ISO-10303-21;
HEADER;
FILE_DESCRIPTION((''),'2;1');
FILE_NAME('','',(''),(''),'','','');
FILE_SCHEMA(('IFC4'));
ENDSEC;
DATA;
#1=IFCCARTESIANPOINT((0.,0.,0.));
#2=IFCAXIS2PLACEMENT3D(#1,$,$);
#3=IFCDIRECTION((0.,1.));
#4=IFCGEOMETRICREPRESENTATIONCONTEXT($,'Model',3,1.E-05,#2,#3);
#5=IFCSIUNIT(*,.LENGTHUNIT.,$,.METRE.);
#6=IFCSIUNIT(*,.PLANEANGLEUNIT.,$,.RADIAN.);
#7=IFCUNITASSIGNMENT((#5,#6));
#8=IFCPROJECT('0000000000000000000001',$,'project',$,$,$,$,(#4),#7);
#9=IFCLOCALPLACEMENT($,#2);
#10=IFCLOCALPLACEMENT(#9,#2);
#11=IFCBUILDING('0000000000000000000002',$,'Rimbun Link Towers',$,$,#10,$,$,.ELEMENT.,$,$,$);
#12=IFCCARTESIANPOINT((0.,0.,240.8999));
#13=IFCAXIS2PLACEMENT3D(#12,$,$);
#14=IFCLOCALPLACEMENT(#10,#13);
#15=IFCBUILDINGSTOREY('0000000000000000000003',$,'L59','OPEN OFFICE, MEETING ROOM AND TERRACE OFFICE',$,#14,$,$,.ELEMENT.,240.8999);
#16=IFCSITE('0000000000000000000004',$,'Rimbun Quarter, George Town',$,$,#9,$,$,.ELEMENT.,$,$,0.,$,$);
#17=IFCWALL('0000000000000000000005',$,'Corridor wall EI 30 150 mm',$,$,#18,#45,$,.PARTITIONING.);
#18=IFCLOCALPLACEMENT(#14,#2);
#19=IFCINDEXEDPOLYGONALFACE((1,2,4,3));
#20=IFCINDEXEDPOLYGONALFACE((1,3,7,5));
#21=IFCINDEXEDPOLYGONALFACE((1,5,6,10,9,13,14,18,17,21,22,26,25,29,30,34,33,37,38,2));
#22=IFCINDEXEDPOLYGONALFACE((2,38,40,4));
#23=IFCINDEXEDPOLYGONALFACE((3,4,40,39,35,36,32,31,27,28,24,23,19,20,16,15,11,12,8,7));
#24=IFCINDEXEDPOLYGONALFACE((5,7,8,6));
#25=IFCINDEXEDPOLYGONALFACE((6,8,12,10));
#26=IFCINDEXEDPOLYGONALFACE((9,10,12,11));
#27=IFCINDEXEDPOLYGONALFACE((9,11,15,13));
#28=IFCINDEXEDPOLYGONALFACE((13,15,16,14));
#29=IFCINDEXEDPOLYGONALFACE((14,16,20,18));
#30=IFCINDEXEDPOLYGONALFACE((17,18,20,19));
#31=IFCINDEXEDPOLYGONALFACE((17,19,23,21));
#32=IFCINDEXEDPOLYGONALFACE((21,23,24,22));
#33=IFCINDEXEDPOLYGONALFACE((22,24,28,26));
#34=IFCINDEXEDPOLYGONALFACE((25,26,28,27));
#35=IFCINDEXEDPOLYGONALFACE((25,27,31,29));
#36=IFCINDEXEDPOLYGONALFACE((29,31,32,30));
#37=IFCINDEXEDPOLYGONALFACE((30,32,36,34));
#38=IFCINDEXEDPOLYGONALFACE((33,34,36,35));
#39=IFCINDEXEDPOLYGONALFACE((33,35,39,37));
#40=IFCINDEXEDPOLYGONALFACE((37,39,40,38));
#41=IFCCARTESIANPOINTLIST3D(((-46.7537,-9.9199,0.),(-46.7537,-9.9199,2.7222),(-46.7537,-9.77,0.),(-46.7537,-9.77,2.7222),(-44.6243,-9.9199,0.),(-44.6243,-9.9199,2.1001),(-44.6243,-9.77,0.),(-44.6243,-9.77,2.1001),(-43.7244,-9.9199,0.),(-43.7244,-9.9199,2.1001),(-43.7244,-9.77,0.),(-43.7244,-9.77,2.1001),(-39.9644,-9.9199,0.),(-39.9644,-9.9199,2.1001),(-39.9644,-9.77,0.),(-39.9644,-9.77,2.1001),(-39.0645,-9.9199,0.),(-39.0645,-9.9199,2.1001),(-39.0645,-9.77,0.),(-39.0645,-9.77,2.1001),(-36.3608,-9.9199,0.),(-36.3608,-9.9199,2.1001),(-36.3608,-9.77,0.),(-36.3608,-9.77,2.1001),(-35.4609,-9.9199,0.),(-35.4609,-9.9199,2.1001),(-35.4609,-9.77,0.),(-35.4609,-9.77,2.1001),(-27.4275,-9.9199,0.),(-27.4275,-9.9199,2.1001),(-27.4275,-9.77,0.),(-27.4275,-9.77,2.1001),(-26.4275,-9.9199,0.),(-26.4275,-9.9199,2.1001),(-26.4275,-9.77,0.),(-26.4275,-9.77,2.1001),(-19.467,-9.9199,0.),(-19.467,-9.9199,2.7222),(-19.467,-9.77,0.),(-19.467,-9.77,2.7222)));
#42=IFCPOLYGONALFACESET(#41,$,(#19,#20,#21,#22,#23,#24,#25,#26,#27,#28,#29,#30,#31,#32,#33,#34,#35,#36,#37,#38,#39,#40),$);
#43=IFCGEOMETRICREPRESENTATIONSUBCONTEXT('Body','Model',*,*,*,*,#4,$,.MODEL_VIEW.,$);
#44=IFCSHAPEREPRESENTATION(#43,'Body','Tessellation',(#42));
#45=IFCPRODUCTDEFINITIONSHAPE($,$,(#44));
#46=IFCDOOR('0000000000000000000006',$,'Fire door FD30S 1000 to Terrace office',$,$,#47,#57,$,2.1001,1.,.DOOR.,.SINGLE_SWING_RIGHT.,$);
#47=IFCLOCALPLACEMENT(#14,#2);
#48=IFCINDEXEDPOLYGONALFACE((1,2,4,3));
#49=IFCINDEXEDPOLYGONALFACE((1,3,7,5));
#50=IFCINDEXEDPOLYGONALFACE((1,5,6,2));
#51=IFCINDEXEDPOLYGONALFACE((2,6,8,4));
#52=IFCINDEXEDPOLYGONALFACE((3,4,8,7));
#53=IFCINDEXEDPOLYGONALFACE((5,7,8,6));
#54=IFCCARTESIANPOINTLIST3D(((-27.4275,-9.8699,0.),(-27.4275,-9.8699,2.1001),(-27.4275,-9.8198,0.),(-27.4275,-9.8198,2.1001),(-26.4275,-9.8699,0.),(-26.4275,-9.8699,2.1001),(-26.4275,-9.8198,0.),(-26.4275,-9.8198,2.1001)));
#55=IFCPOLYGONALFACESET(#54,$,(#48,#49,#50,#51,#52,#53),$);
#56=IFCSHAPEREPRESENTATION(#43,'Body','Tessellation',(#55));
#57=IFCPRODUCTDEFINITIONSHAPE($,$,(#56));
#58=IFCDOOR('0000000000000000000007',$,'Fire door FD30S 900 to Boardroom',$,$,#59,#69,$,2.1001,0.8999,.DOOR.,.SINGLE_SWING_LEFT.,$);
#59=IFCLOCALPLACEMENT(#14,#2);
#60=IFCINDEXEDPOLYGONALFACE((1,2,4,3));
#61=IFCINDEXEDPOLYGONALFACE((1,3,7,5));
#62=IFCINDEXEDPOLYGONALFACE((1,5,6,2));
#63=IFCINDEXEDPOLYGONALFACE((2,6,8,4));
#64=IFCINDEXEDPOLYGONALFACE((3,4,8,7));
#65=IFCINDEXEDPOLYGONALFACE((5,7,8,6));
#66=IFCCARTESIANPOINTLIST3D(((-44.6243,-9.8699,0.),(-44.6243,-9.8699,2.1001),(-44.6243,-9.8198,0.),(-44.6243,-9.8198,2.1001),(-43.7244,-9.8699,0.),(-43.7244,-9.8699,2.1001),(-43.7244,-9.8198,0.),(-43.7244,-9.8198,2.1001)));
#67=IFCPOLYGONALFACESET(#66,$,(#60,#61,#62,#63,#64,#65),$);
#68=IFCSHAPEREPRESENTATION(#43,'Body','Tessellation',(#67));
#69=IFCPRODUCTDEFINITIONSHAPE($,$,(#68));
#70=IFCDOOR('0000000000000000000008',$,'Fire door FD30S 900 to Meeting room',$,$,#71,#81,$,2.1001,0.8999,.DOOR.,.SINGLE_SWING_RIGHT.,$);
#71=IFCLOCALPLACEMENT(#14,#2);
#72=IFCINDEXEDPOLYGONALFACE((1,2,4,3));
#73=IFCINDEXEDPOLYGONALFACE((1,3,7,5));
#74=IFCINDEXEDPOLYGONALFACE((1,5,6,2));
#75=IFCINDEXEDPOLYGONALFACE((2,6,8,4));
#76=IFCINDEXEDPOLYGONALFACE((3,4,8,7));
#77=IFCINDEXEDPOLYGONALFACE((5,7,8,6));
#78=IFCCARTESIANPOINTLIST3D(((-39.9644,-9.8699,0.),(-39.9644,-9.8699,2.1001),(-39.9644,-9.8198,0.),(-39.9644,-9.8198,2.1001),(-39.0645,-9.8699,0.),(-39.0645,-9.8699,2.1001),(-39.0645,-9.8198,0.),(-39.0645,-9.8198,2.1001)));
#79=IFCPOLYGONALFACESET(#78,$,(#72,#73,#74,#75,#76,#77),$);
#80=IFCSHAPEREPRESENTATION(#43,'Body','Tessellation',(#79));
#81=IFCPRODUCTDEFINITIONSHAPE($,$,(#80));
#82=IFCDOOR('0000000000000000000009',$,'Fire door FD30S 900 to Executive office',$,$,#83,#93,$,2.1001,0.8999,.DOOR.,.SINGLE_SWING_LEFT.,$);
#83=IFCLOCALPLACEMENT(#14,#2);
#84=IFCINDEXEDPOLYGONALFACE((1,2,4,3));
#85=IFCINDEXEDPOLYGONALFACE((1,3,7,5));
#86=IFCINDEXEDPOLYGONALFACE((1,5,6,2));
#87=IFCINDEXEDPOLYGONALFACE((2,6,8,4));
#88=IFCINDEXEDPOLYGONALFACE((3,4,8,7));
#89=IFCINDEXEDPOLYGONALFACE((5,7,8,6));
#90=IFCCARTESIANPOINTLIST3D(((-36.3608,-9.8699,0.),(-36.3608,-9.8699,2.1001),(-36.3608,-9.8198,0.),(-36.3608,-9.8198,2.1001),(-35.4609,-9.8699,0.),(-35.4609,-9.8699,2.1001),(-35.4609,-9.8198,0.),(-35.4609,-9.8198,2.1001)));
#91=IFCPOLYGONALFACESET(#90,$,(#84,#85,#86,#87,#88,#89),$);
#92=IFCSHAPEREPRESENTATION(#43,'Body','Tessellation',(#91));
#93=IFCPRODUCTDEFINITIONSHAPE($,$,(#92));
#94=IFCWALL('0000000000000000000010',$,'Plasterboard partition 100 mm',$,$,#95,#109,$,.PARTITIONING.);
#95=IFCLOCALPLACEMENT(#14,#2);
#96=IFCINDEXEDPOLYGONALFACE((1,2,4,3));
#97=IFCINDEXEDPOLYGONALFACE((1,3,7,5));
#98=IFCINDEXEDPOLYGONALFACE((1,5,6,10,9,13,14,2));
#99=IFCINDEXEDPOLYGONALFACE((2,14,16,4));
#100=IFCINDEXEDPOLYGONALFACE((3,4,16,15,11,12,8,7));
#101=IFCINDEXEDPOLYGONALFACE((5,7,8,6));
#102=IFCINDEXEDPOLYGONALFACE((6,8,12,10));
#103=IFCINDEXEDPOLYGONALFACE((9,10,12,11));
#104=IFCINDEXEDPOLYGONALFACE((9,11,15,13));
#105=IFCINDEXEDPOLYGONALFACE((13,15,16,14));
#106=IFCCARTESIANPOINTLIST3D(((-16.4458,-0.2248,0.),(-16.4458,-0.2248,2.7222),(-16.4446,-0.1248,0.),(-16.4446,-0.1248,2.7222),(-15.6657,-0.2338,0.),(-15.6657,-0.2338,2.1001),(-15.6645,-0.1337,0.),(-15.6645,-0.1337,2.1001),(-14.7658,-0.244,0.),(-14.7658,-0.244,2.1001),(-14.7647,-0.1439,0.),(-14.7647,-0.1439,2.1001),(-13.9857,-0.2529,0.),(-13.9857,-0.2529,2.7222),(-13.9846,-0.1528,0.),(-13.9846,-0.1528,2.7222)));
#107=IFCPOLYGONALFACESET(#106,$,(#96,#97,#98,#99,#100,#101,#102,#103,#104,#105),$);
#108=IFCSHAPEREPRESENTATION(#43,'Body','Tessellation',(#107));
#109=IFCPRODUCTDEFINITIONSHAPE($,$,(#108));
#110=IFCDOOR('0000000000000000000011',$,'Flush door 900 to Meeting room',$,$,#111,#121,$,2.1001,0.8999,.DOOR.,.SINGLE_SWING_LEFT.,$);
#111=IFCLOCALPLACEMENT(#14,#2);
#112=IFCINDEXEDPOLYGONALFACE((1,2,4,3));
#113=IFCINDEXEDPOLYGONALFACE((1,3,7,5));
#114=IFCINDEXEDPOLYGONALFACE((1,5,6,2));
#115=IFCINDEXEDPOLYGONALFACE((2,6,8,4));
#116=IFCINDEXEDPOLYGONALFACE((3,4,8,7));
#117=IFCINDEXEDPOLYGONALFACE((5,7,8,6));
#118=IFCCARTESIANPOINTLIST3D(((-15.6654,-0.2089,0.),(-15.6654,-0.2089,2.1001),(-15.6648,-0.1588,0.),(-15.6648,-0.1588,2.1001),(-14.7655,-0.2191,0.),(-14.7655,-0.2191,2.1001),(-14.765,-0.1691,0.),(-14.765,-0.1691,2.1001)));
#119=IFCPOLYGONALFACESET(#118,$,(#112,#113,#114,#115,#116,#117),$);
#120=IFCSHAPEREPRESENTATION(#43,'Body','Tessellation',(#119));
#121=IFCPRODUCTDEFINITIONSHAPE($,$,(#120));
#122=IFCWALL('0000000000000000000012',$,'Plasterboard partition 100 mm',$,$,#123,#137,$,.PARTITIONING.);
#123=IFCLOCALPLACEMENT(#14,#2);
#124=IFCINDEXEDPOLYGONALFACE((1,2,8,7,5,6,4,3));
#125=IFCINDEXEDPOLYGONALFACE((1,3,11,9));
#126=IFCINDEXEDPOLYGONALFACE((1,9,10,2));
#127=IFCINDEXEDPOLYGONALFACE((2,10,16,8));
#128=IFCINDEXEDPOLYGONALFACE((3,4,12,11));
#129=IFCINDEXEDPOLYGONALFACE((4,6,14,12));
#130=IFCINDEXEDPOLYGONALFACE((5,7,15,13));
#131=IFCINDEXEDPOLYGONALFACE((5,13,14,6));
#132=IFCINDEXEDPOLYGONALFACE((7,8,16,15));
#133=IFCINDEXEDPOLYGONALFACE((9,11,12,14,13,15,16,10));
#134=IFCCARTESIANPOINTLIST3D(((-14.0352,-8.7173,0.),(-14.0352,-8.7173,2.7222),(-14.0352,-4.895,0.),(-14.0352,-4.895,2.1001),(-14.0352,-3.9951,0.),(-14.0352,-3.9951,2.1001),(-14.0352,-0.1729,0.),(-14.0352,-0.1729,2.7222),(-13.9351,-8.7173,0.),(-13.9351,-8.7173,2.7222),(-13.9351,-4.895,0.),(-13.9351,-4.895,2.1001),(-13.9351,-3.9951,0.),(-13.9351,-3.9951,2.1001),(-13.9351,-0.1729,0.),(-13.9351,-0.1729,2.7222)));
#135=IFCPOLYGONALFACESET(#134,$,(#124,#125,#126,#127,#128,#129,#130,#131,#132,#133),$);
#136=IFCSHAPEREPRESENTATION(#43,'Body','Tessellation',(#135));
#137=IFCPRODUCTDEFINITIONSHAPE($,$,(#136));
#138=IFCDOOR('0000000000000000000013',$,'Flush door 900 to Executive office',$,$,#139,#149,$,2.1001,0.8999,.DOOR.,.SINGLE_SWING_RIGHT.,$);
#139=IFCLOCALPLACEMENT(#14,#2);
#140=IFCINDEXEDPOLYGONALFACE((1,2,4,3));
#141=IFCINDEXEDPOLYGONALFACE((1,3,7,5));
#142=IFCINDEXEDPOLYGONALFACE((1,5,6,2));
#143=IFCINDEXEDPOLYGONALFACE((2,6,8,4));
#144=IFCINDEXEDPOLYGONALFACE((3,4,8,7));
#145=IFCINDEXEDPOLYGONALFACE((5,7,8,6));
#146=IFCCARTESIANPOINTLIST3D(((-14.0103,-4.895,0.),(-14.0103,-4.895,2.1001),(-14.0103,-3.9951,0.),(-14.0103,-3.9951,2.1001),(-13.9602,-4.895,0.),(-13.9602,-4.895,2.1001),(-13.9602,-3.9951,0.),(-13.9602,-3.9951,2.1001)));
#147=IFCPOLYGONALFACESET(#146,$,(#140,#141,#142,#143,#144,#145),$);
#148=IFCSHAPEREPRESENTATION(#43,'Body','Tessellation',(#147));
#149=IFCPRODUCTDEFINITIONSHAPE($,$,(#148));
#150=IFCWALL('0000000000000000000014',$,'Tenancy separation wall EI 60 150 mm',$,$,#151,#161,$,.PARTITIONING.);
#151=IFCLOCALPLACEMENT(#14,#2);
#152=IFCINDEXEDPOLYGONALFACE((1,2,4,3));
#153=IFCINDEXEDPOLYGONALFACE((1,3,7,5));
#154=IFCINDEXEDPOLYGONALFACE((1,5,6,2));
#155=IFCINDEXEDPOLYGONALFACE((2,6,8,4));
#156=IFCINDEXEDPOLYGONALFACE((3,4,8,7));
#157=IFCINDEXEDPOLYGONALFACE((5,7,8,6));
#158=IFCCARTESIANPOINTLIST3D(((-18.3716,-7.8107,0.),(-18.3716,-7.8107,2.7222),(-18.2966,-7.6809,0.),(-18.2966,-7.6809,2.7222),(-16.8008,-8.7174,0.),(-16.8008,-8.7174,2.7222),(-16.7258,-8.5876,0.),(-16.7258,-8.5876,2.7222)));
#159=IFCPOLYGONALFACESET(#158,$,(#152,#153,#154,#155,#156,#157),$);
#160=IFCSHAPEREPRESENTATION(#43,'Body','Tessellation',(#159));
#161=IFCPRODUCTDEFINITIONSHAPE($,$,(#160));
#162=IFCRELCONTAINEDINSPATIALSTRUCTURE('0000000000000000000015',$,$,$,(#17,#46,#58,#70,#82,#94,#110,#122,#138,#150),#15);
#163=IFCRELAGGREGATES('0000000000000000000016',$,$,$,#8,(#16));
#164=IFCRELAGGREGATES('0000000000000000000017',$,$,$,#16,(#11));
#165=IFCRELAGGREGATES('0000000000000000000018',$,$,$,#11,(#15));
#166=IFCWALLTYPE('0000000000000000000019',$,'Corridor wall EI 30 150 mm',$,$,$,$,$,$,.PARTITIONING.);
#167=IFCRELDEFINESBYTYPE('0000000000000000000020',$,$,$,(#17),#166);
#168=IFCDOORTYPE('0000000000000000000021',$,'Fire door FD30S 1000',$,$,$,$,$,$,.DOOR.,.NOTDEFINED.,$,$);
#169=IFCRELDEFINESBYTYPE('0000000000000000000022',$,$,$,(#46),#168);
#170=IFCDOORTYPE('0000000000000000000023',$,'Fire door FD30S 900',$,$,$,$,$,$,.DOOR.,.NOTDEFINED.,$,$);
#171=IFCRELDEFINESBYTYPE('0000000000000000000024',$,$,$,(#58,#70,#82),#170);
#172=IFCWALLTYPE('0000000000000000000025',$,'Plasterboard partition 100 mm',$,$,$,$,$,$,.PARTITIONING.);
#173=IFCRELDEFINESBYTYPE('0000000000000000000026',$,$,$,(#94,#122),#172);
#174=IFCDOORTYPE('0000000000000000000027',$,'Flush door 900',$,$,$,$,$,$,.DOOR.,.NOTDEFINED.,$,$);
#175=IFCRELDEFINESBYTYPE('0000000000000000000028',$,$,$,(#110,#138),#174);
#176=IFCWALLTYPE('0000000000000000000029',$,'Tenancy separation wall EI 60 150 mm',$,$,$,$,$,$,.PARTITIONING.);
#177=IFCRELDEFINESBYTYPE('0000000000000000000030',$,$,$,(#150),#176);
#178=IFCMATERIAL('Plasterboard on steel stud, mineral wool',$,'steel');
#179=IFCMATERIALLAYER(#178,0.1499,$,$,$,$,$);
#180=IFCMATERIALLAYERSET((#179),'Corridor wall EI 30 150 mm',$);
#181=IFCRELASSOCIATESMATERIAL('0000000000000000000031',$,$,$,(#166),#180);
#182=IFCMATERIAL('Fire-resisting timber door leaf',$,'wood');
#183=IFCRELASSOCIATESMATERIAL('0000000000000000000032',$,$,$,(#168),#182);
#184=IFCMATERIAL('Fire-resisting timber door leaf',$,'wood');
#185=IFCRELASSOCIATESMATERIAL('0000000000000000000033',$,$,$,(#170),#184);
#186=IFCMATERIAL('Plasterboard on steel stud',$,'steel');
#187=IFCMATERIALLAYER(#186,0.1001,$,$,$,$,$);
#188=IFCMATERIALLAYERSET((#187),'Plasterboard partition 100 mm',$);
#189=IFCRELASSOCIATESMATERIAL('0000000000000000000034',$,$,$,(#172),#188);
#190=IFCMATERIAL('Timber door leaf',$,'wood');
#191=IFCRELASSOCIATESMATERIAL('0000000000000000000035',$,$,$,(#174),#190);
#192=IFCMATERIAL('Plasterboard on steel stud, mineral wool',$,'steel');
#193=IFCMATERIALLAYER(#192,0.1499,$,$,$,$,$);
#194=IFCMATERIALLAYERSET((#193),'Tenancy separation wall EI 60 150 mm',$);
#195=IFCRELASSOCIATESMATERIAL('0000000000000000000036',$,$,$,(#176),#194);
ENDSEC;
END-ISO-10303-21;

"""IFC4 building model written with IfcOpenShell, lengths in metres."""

from ifc_helpers import new_model, si_unit, direction, frame, frame_2d, origin, place, context, subcontext, project, spatial, rectangle, extrude, material, layer, layer_set, type_object, element, fill, save


model = new_model("IFC4")

# Units and contexts
model_context = context("Model", 3, precision=1e-05, world=origin(), true_north=direction((0.0, 1.0)))
body_context = subcontext(model_context, "Body", "Model", "MODEL_VIEW")
ifc_project = project(units=[si_unit("LENGTHUNIT", "METRE"), si_unit("PLANEANGLEUNIT", "RADIAN")], contexts=[model_context])

# Site, building, storey
site_placement = place(None, origin())
site = spatial("IfcSite", under=ifc_project, at=site_placement, Name="Rimbun Quarter, George Town", CompositionType="ELEMENT", RefElevation=0.0)
building_placement = place(site_placement, origin())
building = spatial("IfcBuilding", under=site, at=building_placement, Name="Rimbun Link Towers", CompositionType="ELEMENT")
storey_placement = place(building_placement, frame((0.0, 0.0, 240.8999)))
storey = spatial("IfcBuildingStorey", under=building, at=storey_placement, Name="L59", Description="OPEN OFFICE, MEETING ROOM AND TERRACE OFFICE", CompositionType="ELEMENT", Elevation=240.8999)

# Wall, openings, doors
ifc_material_1 = material(Name="Plasterboard on steel stud, mineral wool", Category="steel")
ifc_layer_1 = layer(ifc_material_1, 0.1499)
ifc_layer_set_1 = layer_set([ifc_layer_1], Name="Corridor wall EI 30 150 mm")
wall_type_1 = type_object("IfcWallType", Name="Corridor wall EI 30 150 mm", PredefinedType="PARTITIONING", material=ifc_layer_set_1)
wall_1_placement = place(storey_placement, frame((-19.467, -9.845, 0.0), z_axis=(0.0, 0.0, 1.0), x_axis=(-1.0, 0.0, 0.0)))
wall_1 = element("IfcWall", 1, at=wall_1_placement, inside=storey, type_object=wall_type_1, Name="Corridor wall EI 30 150 mm", PredefinedType="PARTITIONING", context=body_context, shape_type="SweptSolid", body=[
    extrude(rectangle(XDim=27.2866, YDim=0.1499, at=frame_2d((13.6433, 0.0))), origin(), (0.0, 0.0, 1.0), 2.7222),
])
opening_1_placement = place(wall_1_placement, frame((24.2573, 0.0, 0.0)))
opening_1 = element("IfcOpeningElement", 2, at=opening_1_placement, cuts=wall_1, PredefinedType="OPENING", context=body_context, shape_type="SweptSolid", body=[
    extrude(rectangle(XDim=0.8999, YDim=2.1001, at=frame_2d((0.45, 1.05))), frame((0.0, 0.085, 0.0), z_axis=(0.0, -1.0, 0.0), x_axis=(1.0, 0.0, 0.0)), (0.0, 0.0, 1.0), 0.1699),
])
opening_2_placement = place(wall_1_placement, frame((19.5974, 0.0, 0.0)))
opening_2 = element("IfcOpeningElement", 3, at=opening_2_placement, cuts=wall_1, PredefinedType="OPENING", context=body_context, shape_type="SweptSolid", body=[
    extrude(rectangle(XDim=0.8999, YDim=2.1001, at=frame_2d((0.45, 1.05))), frame((0.0, 0.085, 0.0), z_axis=(0.0, -1.0, 0.0), x_axis=(1.0, 0.0, 0.0)), (0.0, 0.0, 1.0), 0.1699),
])
opening_3_placement = place(wall_1_placement, frame((15.9939, 0.0, 0.0)))
opening_3 = element("IfcOpeningElement", 4, at=opening_3_placement, cuts=wall_1, PredefinedType="OPENING", context=body_context, shape_type="SweptSolid", body=[
    extrude(rectangle(XDim=0.8999, YDim=2.1001, at=frame_2d((0.45, 1.05))), frame((0.0, 0.085, 0.0), z_axis=(0.0, -1.0, 0.0), x_axis=(1.0, 0.0, 0.0)), (0.0, 0.0, 1.0), 0.1699),
])
opening_4_placement = place(wall_1_placement, frame((6.9604, 0.0, 0.0)))
opening_4 = element("IfcOpeningElement", 5, at=opening_4_placement, cuts=wall_1, PredefinedType="OPENING", context=body_context, shape_type="SweptSolid", body=[
    extrude(rectangle(XDim=1.0, YDim=2.1001, at=frame_2d((0.5, 1.05))), frame((0.0, 0.085, 0.0), z_axis=(0.0, -1.0, 0.0), x_axis=(1.0, 0.0, 0.0)), (0.0, 0.0, 1.0), 0.1699),
])
ifc_material_2 = material(Name="Fire-resisting timber door leaf", Category="wood")
door_type_1 = type_object("IfcDoorType", Name="Fire door FD30S 1000", OperationType="NOTDEFINED", PredefinedType="DOOR", material=ifc_material_2)
door_1_placement = place(opening_4_placement, origin())
door_1 = element("IfcDoor", 6, at=door_1_placement, inside=storey, type_object=door_type_1, Name="Fire door FD30S 1000 to Terrace office", OperationType="SINGLE_SWING_RIGHT", OverallHeight=2.1001, OverallWidth=1.0, PredefinedType="DOOR", context=body_context, shape_type="SweptSolid", body=[
    extrude(rectangle(XDim=1.0, YDim=2.1001, at=frame_2d((0.5, 1.05))), frame((0.0, 0.0249, 0.0), z_axis=(0.0, -1.0, 0.0), x_axis=(1.0, 0.0, 0.0)), (0.0, 0.0, 1.0), 0.05),
])
fill(opening_4, door_1)
ifc_material_3 = material(Name="Fire-resisting timber door leaf", Category="wood")
door_type_2 = type_object("IfcDoorType", Name="Fire door FD30S 900", OperationType="NOTDEFINED", PredefinedType="DOOR", material=ifc_material_3)
door_2_placement = place(opening_1_placement, origin())
door_2 = element("IfcDoor", 7, at=door_2_placement, inside=storey, type_object=door_type_2, Name="Fire door FD30S 900 to Boardroom", OperationType="SINGLE_SWING_LEFT", OverallHeight=2.1001, OverallWidth=0.8999, PredefinedType="DOOR", context=body_context, shape_type="SweptSolid", body=[
    extrude(rectangle(XDim=0.8999, YDim=2.1001, at=frame_2d((0.45, 1.05))), frame((0.0, 0.0249, 0.0), z_axis=(0.0, -1.0, 0.0), x_axis=(1.0, 0.0, 0.0)), (0.0, 0.0, 1.0), 0.05),
])
fill(opening_1, door_2)
door_3_placement = place(opening_2_placement, origin())
door_3 = element("IfcDoor", 8, at=door_3_placement, inside=storey, type_object=door_type_2, Name="Fire door FD30S 900 to Meeting room", OperationType="SINGLE_SWING_RIGHT", OverallHeight=2.1001, OverallWidth=0.8999, PredefinedType="DOOR", context=body_context, shape_type="SweptSolid", body=[
    extrude(rectangle(XDim=0.8999, YDim=2.1001, at=frame_2d((0.45, 1.05))), frame((0.0, 0.0249, 0.0), z_axis=(0.0, -1.0, 0.0), x_axis=(1.0, 0.0, 0.0)), (0.0, 0.0, 1.0), 0.05),
])
fill(opening_2, door_3)
door_4_placement = place(opening_3_placement, origin())
door_4 = element("IfcDoor", 9, at=door_4_placement, inside=storey, type_object=door_type_2, Name="Fire door FD30S 900 to Executive office", OperationType="SINGLE_SWING_LEFT", OverallHeight=2.1001, OverallWidth=0.8999, PredefinedType="DOOR", context=body_context, shape_type="SweptSolid", body=[
    extrude(rectangle(XDim=0.8999, YDim=2.1001, at=frame_2d((0.45, 1.05))), frame((0.0, 0.0249, 0.0), z_axis=(0.0, -1.0, 0.0), x_axis=(1.0, 0.0, 0.0)), (0.0, 0.0, 1.0), 0.05),
])
fill(opening_3, door_4)

# Walls, openings, doors
ifc_material_4 = material(Name="Plasterboard on steel stud", Category="steel")
ifc_layer_2 = layer(ifc_material_4, 0.1001)
ifc_layer_set_2 = layer_set([ifc_layer_2], Name="Plasterboard partition 100 mm")
wall_type_2 = type_object("IfcWallType", Name="Plasterboard partition 100 mm", PredefinedType="PARTITIONING", material=ifc_layer_set_2)
wall_2_placement = place(storey_placement, frame((-16.4451, -0.1748, 0.0), z_axis=(0.0, 0.0, 1.0), x_axis=(0.999935, -0.011413, 0.0)))
wall_2 = element("IfcWall", 10, at=wall_2_placement, inside=storey, type_object=wall_type_2, Name="Plasterboard partition 100 mm", PredefinedType="PARTITIONING", context=body_context, shape_type="SweptSolid", body=[
    extrude(rectangle(XDim=2.4602, YDim=0.1001, at=frame_2d((1.23, 0.0))), origin(), (0.0, 0.0, 1.0), 2.7222),
])
opening_5_placement = place(wall_2_placement, frame((0.78, 0.0, 0.0)))
opening_5 = element("IfcOpeningElement", 11, at=opening_5_placement, cuts=wall_2, PredefinedType="OPENING", context=body_context, shape_type="SweptSolid", body=[
    extrude(rectangle(XDim=0.8999, YDim=2.1001, at=frame_2d((0.45, 1.05))), frame((0.0, 0.0601, 0.0), z_axis=(0.0, -1.0, 0.0), x_axis=(1.0, 0.0, 0.0)), (0.0, 0.0, 1.0), 0.1201),
])
ifc_material_5 = material(Name="Timber door leaf", Category="wood")
door_type_3 = type_object("IfcDoorType", Name="Flush door 900", OperationType="NOTDEFINED", PredefinedType="DOOR", material=ifc_material_5)
door_5_placement = place(opening_5_placement, origin())
door_5 = element("IfcDoor", 12, at=door_5_placement, inside=storey, type_object=door_type_3, Name="Flush door 900 to Meeting room", OperationType="SINGLE_SWING_LEFT", OverallHeight=2.1001, OverallWidth=0.8999, PredefinedType="DOOR", context=body_context, shape_type="SweptSolid", body=[
    extrude(rectangle(XDim=0.8999, YDim=2.1001, at=frame_2d((0.45, 1.05))), frame((0.0, 0.0249, 0.0), z_axis=(0.0, -1.0, 0.0), x_axis=(1.0, 0.0, 0.0)), (0.0, 0.0, 1.0), 0.05),
])
fill(opening_5, door_5)
wall_3_placement = place(storey_placement, frame((-13.9851, -0.1729, 0.0), z_axis=(0.0, 0.0, 1.0), x_axis=(0.0, -1.0, 0.0)))
wall_3 = element("IfcWall", 13, at=wall_3_placement, inside=storey, type_object=wall_type_2, Name="Plasterboard partition 100 mm", PredefinedType="PARTITIONING", context=body_context, shape_type="SweptSolid", body=[
    extrude(rectangle(XDim=8.5444, YDim=0.1001, at=frame_2d((4.2722, 0.0))), origin(), (0.0, 0.0, 1.0), 2.7222),
])
opening_6_placement = place(wall_3_placement, frame((3.8223, 0.0, 0.0)))
opening_6 = element("IfcOpeningElement", 14, at=opening_6_placement, cuts=wall_3, PredefinedType="OPENING", context=body_context, shape_type="SweptSolid", body=[
    extrude(rectangle(XDim=0.8999, YDim=2.1001, at=frame_2d((0.45, 1.05))), frame((0.0, 0.0601, 0.0), z_axis=(0.0, -1.0, 0.0), x_axis=(1.0, 0.0, 0.0)), (0.0, 0.0, 1.0), 0.1201),
])
door_6_placement = place(opening_6_placement, origin())
door_6 = element("IfcDoor", 15, at=door_6_placement, inside=storey, type_object=door_type_3, Name="Flush door 900 to Executive office", OperationType="SINGLE_SWING_RIGHT", OverallHeight=2.1001, OverallWidth=0.8999, PredefinedType="DOOR", context=body_context, shape_type="SweptSolid", body=[
    extrude(rectangle(XDim=0.8999, YDim=2.1001, at=frame_2d((0.45, 1.05))), frame((0.0, 0.0249, 0.0), z_axis=(0.0, -1.0, 0.0), x_axis=(1.0, 0.0, 0.0)), (0.0, 0.0, 1.0), 0.05),
])
fill(opening_6, door_6)

# Wall
ifc_material_6 = material(Name="Plasterboard on steel stud, mineral wool", Category="steel")
ifc_layer_3 = layer(ifc_material_6, 0.1499)
ifc_layer_set_3 = layer_set([ifc_layer_3], Name="Tenancy separation wall EI 60 150 mm")
wall_type_3 = type_object("IfcWallType", Name="Tenancy separation wall EI 60 150 mm", PredefinedType="PARTITIONING", material=ifc_layer_set_3)
wall_4_placement = place(storey_placement, frame((-18.334, -7.7458, 0.0), z_axis=(0.0, 0.0, 1.0), x_axis=(0.866065, -0.499932, 0.0)))
element("IfcWall", 16, at=wall_4_placement, inside=storey, type_object=wall_type_3, Name="Tenancy separation wall EI 60 150 mm", PredefinedType="PARTITIONING", context=body_context, shape_type="SweptSolid", body=[
    extrude(rectangle(XDim=1.8137, YDim=0.1499, at=frame_2d((0.9067, 0.0))), origin(), (0.0, 0.0, 1.0), 2.7222),
])

save(model, "model.ifc")
